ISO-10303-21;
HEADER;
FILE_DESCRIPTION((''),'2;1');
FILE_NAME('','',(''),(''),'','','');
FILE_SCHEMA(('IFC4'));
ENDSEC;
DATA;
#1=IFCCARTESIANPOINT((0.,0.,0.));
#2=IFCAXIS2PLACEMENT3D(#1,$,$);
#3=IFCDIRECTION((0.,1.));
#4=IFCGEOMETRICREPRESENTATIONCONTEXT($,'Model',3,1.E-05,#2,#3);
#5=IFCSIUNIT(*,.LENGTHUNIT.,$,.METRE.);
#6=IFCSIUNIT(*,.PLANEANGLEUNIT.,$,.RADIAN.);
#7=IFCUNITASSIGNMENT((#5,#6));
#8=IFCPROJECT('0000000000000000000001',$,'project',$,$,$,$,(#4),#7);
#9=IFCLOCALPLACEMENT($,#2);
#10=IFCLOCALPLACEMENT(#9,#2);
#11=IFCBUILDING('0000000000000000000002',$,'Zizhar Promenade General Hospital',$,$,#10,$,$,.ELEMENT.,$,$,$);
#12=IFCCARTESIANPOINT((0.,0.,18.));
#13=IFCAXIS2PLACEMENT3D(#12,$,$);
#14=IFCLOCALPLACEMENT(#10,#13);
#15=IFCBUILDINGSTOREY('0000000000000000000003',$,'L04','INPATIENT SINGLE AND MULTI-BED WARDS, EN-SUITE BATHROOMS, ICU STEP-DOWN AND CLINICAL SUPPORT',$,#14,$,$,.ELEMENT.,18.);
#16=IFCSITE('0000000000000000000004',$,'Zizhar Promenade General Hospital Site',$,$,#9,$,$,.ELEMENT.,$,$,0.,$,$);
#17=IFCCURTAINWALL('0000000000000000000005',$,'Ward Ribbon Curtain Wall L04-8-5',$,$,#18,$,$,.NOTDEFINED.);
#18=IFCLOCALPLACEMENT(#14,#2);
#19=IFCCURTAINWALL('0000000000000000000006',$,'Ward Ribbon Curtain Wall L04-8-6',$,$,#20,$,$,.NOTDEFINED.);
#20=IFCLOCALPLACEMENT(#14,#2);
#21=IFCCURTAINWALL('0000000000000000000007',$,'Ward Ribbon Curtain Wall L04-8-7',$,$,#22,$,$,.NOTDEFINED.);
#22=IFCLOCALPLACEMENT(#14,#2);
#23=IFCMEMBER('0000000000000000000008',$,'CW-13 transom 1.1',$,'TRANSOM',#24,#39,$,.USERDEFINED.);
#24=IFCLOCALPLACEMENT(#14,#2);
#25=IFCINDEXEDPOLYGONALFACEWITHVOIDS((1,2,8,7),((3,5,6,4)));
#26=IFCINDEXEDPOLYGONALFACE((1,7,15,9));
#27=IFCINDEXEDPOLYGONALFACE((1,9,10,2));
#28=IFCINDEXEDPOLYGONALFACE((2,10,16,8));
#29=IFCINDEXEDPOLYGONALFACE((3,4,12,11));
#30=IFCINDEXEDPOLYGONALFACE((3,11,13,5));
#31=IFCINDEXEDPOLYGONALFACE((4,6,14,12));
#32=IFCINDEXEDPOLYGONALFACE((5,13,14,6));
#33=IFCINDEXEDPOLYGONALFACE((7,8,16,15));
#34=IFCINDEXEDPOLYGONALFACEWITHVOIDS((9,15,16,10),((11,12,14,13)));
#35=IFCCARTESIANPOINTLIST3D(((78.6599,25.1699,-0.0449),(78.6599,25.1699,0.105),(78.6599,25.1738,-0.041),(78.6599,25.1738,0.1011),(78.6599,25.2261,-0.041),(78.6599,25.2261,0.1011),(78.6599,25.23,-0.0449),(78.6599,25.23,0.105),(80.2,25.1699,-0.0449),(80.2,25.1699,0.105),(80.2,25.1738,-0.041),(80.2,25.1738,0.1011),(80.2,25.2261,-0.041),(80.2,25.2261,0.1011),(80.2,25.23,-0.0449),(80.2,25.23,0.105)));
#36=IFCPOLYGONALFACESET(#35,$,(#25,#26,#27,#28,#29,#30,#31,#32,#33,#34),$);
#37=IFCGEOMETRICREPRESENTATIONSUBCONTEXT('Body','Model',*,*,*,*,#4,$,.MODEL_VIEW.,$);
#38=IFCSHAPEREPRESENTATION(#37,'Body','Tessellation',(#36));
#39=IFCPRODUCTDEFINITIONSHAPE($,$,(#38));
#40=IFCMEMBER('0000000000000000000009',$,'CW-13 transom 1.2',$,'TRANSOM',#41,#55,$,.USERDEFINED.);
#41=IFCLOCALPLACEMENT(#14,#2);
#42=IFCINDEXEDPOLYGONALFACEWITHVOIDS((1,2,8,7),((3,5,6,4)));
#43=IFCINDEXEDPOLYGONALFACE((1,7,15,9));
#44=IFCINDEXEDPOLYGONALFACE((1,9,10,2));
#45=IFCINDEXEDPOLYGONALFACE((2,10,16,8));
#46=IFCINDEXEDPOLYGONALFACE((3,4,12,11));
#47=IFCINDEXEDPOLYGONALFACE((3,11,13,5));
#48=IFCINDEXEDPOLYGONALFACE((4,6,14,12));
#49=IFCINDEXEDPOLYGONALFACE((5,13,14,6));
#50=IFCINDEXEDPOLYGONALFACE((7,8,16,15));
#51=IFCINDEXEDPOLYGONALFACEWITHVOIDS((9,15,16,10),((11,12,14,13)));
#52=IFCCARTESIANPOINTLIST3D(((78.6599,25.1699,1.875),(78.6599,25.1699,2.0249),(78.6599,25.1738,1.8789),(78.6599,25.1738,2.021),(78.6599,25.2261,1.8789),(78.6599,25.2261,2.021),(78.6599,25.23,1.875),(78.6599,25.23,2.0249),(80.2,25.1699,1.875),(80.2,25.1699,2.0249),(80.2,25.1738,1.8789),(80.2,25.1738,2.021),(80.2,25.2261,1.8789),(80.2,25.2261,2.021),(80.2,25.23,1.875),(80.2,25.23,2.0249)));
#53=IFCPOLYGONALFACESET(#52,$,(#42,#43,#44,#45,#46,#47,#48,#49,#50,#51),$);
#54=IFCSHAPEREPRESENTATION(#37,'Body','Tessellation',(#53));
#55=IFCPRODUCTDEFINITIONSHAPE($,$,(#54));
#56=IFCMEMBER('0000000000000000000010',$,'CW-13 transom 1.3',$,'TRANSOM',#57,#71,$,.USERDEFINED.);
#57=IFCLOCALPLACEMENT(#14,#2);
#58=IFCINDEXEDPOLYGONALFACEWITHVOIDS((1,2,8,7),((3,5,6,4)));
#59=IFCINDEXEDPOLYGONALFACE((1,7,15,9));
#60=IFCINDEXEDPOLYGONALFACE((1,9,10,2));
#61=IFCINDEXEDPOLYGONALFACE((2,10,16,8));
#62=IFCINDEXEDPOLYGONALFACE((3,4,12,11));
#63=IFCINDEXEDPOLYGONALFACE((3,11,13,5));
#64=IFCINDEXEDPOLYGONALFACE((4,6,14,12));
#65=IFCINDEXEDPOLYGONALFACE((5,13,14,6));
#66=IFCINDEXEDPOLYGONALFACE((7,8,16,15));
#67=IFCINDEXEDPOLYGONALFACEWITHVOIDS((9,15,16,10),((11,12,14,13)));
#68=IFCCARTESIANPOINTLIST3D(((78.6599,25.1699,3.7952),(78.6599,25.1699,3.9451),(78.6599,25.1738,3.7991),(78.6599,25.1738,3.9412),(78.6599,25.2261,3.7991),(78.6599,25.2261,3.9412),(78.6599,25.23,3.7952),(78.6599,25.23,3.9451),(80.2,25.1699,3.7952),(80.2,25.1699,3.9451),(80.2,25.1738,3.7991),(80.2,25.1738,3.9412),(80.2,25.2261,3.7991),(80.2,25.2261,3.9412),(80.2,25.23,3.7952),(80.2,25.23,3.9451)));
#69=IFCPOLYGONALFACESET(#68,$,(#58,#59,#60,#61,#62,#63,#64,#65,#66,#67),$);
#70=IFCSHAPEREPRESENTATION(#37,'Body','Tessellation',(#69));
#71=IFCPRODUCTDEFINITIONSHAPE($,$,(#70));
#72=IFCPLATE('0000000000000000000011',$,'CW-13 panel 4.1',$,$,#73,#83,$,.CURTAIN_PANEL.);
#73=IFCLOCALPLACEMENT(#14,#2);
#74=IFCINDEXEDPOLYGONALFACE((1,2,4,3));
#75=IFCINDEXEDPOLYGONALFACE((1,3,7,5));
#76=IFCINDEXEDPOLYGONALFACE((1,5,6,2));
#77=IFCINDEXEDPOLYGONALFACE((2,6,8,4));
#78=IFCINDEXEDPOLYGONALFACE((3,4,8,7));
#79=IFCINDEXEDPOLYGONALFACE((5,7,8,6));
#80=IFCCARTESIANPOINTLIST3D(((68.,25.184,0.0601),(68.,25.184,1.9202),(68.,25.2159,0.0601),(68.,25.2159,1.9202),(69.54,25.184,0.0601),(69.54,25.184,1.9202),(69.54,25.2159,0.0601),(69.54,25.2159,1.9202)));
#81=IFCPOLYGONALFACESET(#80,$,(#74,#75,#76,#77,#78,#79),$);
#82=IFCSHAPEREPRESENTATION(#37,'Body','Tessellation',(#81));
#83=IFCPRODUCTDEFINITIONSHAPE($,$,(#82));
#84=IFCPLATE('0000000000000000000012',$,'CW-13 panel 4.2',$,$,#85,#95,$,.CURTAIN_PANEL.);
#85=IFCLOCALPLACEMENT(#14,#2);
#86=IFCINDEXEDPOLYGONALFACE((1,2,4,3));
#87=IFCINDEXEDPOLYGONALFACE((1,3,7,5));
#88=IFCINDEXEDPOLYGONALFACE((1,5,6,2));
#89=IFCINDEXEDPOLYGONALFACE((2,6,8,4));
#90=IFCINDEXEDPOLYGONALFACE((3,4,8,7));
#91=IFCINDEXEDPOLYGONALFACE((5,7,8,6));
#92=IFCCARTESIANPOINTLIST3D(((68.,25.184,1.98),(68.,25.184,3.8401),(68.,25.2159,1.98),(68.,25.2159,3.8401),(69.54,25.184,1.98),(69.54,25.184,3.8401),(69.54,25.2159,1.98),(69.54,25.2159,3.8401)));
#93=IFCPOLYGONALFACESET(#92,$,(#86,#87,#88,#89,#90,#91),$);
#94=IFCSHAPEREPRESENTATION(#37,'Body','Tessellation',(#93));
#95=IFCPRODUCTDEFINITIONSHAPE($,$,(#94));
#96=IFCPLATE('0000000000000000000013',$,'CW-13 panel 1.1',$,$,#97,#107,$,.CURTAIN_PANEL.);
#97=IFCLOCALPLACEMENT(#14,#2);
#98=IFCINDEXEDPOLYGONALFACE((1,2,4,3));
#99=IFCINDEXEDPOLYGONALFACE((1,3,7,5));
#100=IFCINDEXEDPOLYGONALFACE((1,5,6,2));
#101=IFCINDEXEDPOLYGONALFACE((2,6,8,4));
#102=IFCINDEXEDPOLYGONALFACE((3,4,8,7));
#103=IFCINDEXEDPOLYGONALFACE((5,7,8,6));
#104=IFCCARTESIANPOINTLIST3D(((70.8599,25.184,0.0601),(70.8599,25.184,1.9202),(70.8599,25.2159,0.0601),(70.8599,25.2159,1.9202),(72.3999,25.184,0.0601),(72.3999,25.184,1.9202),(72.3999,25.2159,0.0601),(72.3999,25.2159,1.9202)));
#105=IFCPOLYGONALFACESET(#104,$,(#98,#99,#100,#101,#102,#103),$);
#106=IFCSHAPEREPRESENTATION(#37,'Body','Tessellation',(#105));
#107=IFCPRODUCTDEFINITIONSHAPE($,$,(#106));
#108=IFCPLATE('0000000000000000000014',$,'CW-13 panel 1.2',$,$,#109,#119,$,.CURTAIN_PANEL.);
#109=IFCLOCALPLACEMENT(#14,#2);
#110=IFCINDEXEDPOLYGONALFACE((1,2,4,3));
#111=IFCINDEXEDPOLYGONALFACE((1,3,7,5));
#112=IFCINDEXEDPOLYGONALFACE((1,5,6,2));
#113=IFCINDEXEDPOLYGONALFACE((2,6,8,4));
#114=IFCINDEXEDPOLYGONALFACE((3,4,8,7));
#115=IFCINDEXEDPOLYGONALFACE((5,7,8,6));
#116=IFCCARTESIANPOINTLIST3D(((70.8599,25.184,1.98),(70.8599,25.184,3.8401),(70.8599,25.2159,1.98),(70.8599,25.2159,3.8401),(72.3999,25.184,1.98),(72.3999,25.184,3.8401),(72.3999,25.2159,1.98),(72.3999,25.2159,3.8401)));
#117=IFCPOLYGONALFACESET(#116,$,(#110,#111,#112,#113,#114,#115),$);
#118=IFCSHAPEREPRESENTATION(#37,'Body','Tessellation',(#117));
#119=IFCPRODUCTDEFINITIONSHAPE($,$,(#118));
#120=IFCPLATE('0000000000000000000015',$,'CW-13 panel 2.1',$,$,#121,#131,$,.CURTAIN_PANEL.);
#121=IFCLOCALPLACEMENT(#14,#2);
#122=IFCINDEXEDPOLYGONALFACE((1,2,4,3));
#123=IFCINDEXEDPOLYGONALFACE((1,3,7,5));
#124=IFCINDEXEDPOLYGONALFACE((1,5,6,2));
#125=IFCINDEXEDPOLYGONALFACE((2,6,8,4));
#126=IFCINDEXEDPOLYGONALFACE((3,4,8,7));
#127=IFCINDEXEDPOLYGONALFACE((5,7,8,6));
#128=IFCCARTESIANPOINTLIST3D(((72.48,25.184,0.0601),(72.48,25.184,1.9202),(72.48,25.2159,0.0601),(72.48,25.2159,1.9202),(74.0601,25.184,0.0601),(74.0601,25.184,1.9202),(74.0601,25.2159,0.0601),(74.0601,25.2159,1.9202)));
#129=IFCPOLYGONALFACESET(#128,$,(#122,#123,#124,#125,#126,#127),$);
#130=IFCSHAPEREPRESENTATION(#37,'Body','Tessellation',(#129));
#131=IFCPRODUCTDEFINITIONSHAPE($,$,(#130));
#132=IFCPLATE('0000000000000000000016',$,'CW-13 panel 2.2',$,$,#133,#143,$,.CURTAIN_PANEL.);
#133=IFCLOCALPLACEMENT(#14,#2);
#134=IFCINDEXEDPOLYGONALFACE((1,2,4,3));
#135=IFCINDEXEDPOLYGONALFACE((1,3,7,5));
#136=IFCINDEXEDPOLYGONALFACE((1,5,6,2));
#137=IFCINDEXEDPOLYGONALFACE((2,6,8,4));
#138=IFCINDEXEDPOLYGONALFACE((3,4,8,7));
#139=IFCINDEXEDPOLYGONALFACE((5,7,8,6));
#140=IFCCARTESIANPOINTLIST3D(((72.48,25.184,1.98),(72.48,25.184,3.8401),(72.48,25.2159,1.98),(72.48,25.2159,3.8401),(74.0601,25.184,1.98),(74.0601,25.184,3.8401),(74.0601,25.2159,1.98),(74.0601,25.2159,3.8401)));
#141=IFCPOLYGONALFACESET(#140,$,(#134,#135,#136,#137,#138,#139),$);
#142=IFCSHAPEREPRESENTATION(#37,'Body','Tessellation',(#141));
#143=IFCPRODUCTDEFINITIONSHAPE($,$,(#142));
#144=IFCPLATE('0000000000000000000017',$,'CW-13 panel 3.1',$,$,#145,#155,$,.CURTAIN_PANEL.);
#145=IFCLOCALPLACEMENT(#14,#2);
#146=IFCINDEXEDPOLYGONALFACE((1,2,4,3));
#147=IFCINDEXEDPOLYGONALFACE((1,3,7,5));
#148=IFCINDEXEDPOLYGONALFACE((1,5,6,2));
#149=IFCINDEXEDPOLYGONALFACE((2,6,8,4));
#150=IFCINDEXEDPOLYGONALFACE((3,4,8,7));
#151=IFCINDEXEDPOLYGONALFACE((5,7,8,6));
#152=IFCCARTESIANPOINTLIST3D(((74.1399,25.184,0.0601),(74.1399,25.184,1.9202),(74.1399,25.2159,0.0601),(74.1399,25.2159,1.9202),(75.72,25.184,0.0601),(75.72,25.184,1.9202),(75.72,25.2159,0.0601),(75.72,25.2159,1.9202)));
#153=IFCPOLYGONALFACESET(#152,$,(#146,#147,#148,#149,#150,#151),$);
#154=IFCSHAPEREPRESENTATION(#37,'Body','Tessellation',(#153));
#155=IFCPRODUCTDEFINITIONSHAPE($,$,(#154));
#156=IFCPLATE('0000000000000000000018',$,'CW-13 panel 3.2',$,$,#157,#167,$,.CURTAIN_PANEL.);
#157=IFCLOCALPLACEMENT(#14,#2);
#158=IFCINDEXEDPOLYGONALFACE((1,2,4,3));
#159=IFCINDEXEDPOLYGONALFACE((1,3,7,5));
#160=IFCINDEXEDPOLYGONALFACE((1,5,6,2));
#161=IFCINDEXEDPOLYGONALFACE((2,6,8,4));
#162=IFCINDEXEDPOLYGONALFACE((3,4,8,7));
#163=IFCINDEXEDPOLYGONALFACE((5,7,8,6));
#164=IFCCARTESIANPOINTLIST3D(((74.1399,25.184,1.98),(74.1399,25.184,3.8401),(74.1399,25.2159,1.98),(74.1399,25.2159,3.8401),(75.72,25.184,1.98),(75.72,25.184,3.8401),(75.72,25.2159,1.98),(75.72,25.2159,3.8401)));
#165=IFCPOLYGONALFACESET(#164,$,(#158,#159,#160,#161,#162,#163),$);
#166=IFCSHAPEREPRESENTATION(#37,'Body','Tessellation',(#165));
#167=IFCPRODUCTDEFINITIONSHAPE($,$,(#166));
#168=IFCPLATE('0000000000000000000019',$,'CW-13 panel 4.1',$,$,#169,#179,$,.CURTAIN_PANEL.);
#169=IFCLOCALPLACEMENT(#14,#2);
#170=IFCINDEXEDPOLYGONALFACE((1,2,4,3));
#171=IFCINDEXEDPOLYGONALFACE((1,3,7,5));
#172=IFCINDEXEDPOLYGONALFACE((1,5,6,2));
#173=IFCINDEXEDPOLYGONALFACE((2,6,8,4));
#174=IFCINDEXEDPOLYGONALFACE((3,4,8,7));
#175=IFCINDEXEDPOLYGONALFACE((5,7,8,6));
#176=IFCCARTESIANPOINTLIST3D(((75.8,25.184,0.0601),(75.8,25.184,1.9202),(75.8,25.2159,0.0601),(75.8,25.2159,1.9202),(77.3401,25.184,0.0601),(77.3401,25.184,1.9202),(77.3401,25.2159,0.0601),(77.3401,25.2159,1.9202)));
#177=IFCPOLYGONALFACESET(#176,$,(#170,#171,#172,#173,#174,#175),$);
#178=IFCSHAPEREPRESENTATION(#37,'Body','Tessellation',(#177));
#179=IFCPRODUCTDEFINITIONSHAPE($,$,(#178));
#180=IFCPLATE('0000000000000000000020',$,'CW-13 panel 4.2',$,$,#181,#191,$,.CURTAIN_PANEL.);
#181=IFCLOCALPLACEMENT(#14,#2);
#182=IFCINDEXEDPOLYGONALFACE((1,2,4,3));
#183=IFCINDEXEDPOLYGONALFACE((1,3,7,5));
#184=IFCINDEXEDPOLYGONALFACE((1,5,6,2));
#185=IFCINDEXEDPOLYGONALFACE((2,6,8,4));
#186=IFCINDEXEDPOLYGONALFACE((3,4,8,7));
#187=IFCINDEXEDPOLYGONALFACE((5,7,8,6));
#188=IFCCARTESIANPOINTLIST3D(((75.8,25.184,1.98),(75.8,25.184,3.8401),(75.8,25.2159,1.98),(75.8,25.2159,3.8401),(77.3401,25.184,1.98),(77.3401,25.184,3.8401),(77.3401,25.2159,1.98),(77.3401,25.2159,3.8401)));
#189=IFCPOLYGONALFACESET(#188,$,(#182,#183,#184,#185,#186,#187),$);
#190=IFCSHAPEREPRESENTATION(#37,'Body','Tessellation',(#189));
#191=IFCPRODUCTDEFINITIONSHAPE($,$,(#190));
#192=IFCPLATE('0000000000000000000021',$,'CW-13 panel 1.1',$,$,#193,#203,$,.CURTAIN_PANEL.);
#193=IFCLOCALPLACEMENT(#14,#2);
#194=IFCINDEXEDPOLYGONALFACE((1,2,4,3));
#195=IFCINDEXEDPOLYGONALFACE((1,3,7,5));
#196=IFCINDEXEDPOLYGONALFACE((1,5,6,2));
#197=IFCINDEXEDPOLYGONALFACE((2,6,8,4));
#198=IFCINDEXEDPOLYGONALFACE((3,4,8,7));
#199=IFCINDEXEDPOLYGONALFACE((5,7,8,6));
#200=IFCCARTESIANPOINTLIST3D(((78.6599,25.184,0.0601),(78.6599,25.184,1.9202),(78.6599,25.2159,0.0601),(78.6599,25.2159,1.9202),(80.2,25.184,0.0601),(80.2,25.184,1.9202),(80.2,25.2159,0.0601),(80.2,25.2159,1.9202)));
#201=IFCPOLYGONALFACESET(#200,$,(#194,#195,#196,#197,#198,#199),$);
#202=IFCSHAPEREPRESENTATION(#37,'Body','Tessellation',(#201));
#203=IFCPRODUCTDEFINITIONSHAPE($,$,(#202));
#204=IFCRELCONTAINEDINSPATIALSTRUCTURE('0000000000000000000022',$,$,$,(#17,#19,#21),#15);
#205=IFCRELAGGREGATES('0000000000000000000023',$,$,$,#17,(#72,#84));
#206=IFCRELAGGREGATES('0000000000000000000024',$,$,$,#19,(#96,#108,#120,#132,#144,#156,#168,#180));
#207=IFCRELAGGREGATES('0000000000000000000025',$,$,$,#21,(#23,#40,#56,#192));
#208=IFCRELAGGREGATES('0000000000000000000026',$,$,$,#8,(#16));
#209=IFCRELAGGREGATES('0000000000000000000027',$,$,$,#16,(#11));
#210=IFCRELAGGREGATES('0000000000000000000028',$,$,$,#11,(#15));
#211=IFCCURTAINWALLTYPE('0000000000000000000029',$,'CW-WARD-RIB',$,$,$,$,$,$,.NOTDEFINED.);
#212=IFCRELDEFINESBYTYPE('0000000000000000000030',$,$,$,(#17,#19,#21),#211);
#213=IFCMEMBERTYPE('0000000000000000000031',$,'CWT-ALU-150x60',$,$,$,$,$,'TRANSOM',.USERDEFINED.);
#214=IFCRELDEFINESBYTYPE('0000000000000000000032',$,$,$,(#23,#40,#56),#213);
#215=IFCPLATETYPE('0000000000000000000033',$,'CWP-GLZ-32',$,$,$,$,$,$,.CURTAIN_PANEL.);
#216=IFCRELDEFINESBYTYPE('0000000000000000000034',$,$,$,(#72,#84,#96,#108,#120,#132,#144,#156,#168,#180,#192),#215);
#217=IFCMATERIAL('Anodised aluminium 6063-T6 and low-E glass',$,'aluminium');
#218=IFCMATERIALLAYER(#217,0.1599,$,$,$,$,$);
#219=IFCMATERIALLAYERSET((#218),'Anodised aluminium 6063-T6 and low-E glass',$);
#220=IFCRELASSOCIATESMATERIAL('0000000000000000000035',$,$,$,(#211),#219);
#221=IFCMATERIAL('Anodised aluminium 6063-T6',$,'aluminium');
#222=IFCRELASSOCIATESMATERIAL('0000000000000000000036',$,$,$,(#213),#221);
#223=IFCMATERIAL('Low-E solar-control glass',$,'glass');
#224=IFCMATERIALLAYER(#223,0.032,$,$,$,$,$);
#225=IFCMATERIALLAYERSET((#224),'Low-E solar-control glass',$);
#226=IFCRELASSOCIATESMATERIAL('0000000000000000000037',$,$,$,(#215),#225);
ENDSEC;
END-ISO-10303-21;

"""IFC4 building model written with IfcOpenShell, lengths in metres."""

from ifc_helpers import new_model, si_unit, direction, frame, origin, origin_2d, place, context, subcontext, project, spatial, rectangle, hollow_rectangle, extrude, material, layer, layer_set, material_profile, profile_set, type_object, element, aggregate, save


model = new_model("IFC4")

# Units and contexts
model_context = context("Model", 3, precision=1e-05, world=origin(), true_north=direction((0.0, 1.0)))
body_context = subcontext(model_context, "Body", "Model", "MODEL_VIEW")
ifc_project = project(units=[si_unit("LENGTHUNIT", "METRE"), si_unit("PLANEANGLEUNIT", "RADIAN")], contexts=[model_context])

# Site, building, storey
site_placement = place(None, origin())
site = spatial("IfcSite", under=ifc_project, at=site_placement, Name="Zizhar Promenade General Hospital Site", CompositionType="ELEMENT", RefElevation=0.0)
building_placement = place(site_placement, origin())
building = spatial("IfcBuilding", under=site, at=building_placement, Name="Zizhar Promenade General Hospital", CompositionType="ELEMENT")
storey_placement = place(building_placement, frame((0.0, 0.0, 18.0)))
storey = spatial("IfcBuildingStorey", under=building, at=storey_placement, Name="L04", Description="INPATIENT SINGLE AND MULTI-BED WARDS, EN-SUITE BATHROOMS, ICU STEP-DOWN AND CLINICAL SUPPORT", CompositionType="ELEMENT", Elevation=18.0)

# Curtain wall
ifc_material_1 = material(Name="Anodised aluminium 6063-T6 and low-E glass", Category="aluminium")
ifc_layer_1 = layer(ifc_material_1, 0.1599)
ifc_layer_set_1 = layer_set([ifc_layer_1], Name="Anodised aluminium 6063-T6 and low-E glass")
curtain_wall_type = type_object("IfcCurtainWallType", Name="CW-WARD-RIB", PredefinedType="NOTDEFINED", material=ifc_layer_set_1)
curtain_wall_1_placement = place(storey_placement, origin())
curtain_wall_1 = element("IfcCurtainWall", 1, at=curtain_wall_1_placement, inside=storey, type_object=curtain_wall_type, Name="Ward Ribbon Curtain Wall L04-8-5", PredefinedType="NOTDEFINED")

# Curtain wall
curtain_wall_2_placement = place(storey_placement, origin())
curtain_wall_2 = element("IfcCurtainWall", 2, at=curtain_wall_2_placement, inside=storey, type_object=curtain_wall_type, Name="Ward Ribbon Curtain Wall L04-8-6", PredefinedType="NOTDEFINED")

# Curtain wall
curtain_wall_3_placement = place(storey_placement, origin())
curtain_wall_3 = element("IfcCurtainWall", 3, at=curtain_wall_3_placement, inside=storey, type_object=curtain_wall_type, Name="Ward Ribbon Curtain Wall L04-8-7", PredefinedType="NOTDEFINED")

# Members
ifc_material_2 = material(Name="Anodised aluminium 6063-T6", Category="aluminium")
ifc_material_profile_1 = material_profile(ifc_material_2, hollow_rectangle(XDim=0.0601, YDim=0.1499, WallThickness=0.0039, at=origin_2d()))
ifc_profile_set_1 = profile_set([ifc_material_profile_1], Name="Anodised aluminium 6063-T6")
member_type_1 = type_object("IfcMemberType", Name="CWT-ALU-150x60", ElementType="TRANSOM", PredefinedType="USERDEFINED", material=ifc_profile_set_1)
member_1_placement = place(storey_placement, frame((78.6599, 25.2, 0.03), z_axis=(1.0, 0.0, 0.0), x_axis=(0.0, 1.0, 0.0)))
member_1 = element("IfcMember", 4, at=member_1_placement, type_object=member_type_1, Name="CW-13 transom 1.1", ObjectType="TRANSOM", PredefinedType="USERDEFINED", context=body_context, shape_type="SweptSolid", body=[
    extrude(hollow_rectangle(XDim=0.0601, YDim=0.1499, WallThickness=0.0039, at=origin_2d()), origin(), (0.0, 0.0, 1.0), 1.54),
])
member_2_placement = place(storey_placement, frame((78.6599, 25.2, 1.95), z_axis=(1.0, 0.0, 0.0), x_axis=(0.0, 1.0, 0.0)))
member_2 = element("IfcMember", 5, at=member_2_placement, type_object=member_type_1, Name="CW-13 transom 1.2", ObjectType="TRANSOM", PredefinedType="USERDEFINED", context=body_context, shape_type="SweptSolid", body=[
    extrude(hollow_rectangle(XDim=0.0601, YDim=0.1499, WallThickness=0.0039, at=origin_2d()), origin(), (0.0, 0.0, 1.0), 1.54),
])
member_3_placement = place(storey_placement, frame((78.6599, 25.2, 3.8701), z_axis=(1.0, 0.0, 0.0), x_axis=(0.0, 1.0, 0.0)))
member_3 = element("IfcMember", 6, at=member_3_placement, type_object=member_type_1, Name="CW-13 transom 1.3", ObjectType="TRANSOM", PredefinedType="USERDEFINED", context=body_context, shape_type="SweptSolid", body=[
    extrude(hollow_rectangle(XDim=0.0601, YDim=0.1499, WallThickness=0.0039, at=origin_2d()), origin(), (0.0, 0.0, 1.0), 1.54),
])

# Plates
ifc_material_3 = material(Name="Low-E solar-control glass", Category="glass")
ifc_layer_2 = layer(ifc_material_3, 0.032)
ifc_layer_set_2 = layer_set([ifc_layer_2], Name="Low-E solar-control glass")
plate_type = type_object("IfcPlateType", Name="CWP-GLZ-32", PredefinedType="CURTAIN_PANEL", material=ifc_layer_set_2)
plate_1_placement = place(storey_placement, frame((68.77, 25.2, 0.0601), z_axis=(0.0, 0.0, 1.0), x_axis=(1.0, 0.0, 0.0)))
plate_1 = element("IfcPlate", 7, at=plate_1_placement, type_object=plate_type, Name="CW-13 panel 4.1", PredefinedType="CURTAIN_PANEL", context=body_context, shape_type="SweptSolid", body=[
    extrude(rectangle(XDim=1.54, YDim=0.032, at=origin_2d()), origin(), (0.0, 0.0, 1.0), 1.8601),
])
plate_2_placement = place(storey_placement, frame((68.77, 25.2, 1.98), z_axis=(0.0, 0.0, 1.0), x_axis=(1.0, 0.0, 0.0)))
plate_2 = element("IfcPlate", 8, at=plate_2_placement, type_object=plate_type, Name="CW-13 panel 4.2", PredefinedType="CURTAIN_PANEL", context=body_context, shape_type="SweptSolid", body=[
    extrude(rectangle(XDim=1.54, YDim=0.032, at=origin_2d()), origin(), (0.0, 0.0, 1.0), 1.8601),
])
aggregate(curtain_wall_1, [plate_1, plate_2])
plate_3_placement = place(storey_placement, frame((71.6299, 25.2, 0.0601), z_axis=(0.0, 0.0, 1.0), x_axis=(1.0, 0.0, 0.0)))
plate_3 = element("IfcPlate", 9, at=plate_3_placement, type_object=plate_type, Name="CW-13 panel 1.1", PredefinedType="CURTAIN_PANEL", context=body_context, shape_type="SweptSolid", body=[
    extrude(rectangle(XDim=1.54, YDim=0.032, at=origin_2d()), origin(), (0.0, 0.0, 1.0), 1.8601),
])
plate_4_placement = place(storey_placement, frame((71.6299, 25.2, 1.98), z_axis=(0.0, 0.0, 1.0), x_axis=(1.0, 0.0, 0.0)))
plate_4 = element("IfcPlate", 10, at=plate_4_placement, type_object=plate_type, Name="CW-13 panel 1.2", PredefinedType="CURTAIN_PANEL", context=body_context, shape_type="SweptSolid", body=[
    extrude(rectangle(XDim=1.54, YDim=0.032, at=origin_2d()), origin(), (0.0, 0.0, 1.0), 1.8601),
])
plate_5_placement = place(storey_placement, frame((73.27, 25.2, 0.0601), z_axis=(0.0, 0.0, 1.0), x_axis=(1.0, 0.0, 0.0)))
plate_5 = element("IfcPlate", 11, at=plate_5_placement, type_object=plate_type, Name="CW-13 panel 2.1", PredefinedType="CURTAIN_PANEL", context=body_context, shape_type="SweptSolid", body=[
    extrude(rectangle(XDim=1.5801, YDim=0.032, at=origin_2d()), origin(), (0.0, 0.0, 1.0), 1.8601),
])
plate_6_placement = place(storey_placement, frame((73.27, 25.2, 1.98), z_axis=(0.0, 0.0, 1.0), x_axis=(1.0, 0.0, 0.0)))
plate_6 = element("IfcPlate", 12, at=plate_6_placement, type_object=plate_type, Name="CW-13 panel 2.2", PredefinedType="CURTAIN_PANEL", context=body_context, shape_type="SweptSolid", body=[
    extrude(rectangle(XDim=1.5801, YDim=0.032, at=origin_2d()), origin(), (0.0, 0.0, 1.0), 1.8601),
])
plate_7_placement = place(storey_placement, frame((74.9299, 25.2, 0.0601), z_axis=(0.0, 0.0, 1.0), x_axis=(1.0, 0.0, 0.0)))
plate_7 = element("IfcPlate", 13, at=plate_7_placement, type_object=plate_type, Name="CW-13 panel 3.1", PredefinedType="CURTAIN_PANEL", context=body_context, shape_type="SweptSolid", body=[
    extrude(rectangle(XDim=1.5801, YDim=0.032, at=origin_2d()), origin(), (0.0, 0.0, 1.0), 1.8601),
])
plate_8_placement = place(storey_placement, frame((74.9299, 25.2, 1.98), z_axis=(0.0, 0.0, 1.0), x_axis=(1.0, 0.0, 0.0)))
plate_8 = element("IfcPlate", 14, at=plate_8_placement, type_object=plate_type, Name="CW-13 panel 3.2", PredefinedType="CURTAIN_PANEL", context=body_context, shape_type="SweptSolid", body=[
    extrude(rectangle(XDim=1.5801, YDim=0.032, at=origin_2d()), origin(), (0.0, 0.0, 1.0), 1.8601),
])
plate_9_placement = place(storey_placement, frame((76.5701, 25.2, 0.0601), z_axis=(0.0, 0.0, 1.0), x_axis=(1.0, 0.0, 0.0)))
plate_9 = element("IfcPlate", 15, at=plate_9_placement, type_object=plate_type, Name="CW-13 panel 4.1", PredefinedType="CURTAIN_PANEL", context=body_context, shape_type="SweptSolid", body=[
    extrude(rectangle(XDim=1.54, YDim=0.032, at=origin_2d()), origin(), (0.0, 0.0, 1.0), 1.8601),
])
plate_10_placement = place(storey_placement, frame((76.5701, 25.2, 1.98), z_axis=(0.0, 0.0, 1.0), x_axis=(1.0, 0.0, 0.0)))
plate_10 = element("IfcPlate", 16, at=plate_10_placement, type_object=plate_type, Name="CW-13 panel 4.2", PredefinedType="CURTAIN_PANEL", context=body_context, shape_type="SweptSolid", body=[
    extrude(rectangle(XDim=1.54, YDim=0.032, at=origin_2d()), origin(), (0.0, 0.0, 1.0), 1.8601),
])
aggregate(curtain_wall_2, [plate_3, plate_4, plate_5, plate_6, plate_7, plate_8, plate_9, plate_10])
plate_11_placement = place(storey_placement, frame((79.4299, 25.2, 0.0601), z_axis=(0.0, 0.0, 1.0), x_axis=(1.0, 0.0, 0.0)))
plate_11 = element("IfcPlate", 17, at=plate_11_placement, type_object=plate_type, Name="CW-13 panel 1.1", PredefinedType="CURTAIN_PANEL", context=body_context, shape_type="SweptSolid", body=[
    extrude(rectangle(XDim=1.54, YDim=0.032, at=origin_2d()), origin(), (0.0, 0.0, 1.0), 1.8601),
])
aggregate(curtain_wall_3, [member_1, member_2, member_3, plate_11])

save(model, "model.ifc")
